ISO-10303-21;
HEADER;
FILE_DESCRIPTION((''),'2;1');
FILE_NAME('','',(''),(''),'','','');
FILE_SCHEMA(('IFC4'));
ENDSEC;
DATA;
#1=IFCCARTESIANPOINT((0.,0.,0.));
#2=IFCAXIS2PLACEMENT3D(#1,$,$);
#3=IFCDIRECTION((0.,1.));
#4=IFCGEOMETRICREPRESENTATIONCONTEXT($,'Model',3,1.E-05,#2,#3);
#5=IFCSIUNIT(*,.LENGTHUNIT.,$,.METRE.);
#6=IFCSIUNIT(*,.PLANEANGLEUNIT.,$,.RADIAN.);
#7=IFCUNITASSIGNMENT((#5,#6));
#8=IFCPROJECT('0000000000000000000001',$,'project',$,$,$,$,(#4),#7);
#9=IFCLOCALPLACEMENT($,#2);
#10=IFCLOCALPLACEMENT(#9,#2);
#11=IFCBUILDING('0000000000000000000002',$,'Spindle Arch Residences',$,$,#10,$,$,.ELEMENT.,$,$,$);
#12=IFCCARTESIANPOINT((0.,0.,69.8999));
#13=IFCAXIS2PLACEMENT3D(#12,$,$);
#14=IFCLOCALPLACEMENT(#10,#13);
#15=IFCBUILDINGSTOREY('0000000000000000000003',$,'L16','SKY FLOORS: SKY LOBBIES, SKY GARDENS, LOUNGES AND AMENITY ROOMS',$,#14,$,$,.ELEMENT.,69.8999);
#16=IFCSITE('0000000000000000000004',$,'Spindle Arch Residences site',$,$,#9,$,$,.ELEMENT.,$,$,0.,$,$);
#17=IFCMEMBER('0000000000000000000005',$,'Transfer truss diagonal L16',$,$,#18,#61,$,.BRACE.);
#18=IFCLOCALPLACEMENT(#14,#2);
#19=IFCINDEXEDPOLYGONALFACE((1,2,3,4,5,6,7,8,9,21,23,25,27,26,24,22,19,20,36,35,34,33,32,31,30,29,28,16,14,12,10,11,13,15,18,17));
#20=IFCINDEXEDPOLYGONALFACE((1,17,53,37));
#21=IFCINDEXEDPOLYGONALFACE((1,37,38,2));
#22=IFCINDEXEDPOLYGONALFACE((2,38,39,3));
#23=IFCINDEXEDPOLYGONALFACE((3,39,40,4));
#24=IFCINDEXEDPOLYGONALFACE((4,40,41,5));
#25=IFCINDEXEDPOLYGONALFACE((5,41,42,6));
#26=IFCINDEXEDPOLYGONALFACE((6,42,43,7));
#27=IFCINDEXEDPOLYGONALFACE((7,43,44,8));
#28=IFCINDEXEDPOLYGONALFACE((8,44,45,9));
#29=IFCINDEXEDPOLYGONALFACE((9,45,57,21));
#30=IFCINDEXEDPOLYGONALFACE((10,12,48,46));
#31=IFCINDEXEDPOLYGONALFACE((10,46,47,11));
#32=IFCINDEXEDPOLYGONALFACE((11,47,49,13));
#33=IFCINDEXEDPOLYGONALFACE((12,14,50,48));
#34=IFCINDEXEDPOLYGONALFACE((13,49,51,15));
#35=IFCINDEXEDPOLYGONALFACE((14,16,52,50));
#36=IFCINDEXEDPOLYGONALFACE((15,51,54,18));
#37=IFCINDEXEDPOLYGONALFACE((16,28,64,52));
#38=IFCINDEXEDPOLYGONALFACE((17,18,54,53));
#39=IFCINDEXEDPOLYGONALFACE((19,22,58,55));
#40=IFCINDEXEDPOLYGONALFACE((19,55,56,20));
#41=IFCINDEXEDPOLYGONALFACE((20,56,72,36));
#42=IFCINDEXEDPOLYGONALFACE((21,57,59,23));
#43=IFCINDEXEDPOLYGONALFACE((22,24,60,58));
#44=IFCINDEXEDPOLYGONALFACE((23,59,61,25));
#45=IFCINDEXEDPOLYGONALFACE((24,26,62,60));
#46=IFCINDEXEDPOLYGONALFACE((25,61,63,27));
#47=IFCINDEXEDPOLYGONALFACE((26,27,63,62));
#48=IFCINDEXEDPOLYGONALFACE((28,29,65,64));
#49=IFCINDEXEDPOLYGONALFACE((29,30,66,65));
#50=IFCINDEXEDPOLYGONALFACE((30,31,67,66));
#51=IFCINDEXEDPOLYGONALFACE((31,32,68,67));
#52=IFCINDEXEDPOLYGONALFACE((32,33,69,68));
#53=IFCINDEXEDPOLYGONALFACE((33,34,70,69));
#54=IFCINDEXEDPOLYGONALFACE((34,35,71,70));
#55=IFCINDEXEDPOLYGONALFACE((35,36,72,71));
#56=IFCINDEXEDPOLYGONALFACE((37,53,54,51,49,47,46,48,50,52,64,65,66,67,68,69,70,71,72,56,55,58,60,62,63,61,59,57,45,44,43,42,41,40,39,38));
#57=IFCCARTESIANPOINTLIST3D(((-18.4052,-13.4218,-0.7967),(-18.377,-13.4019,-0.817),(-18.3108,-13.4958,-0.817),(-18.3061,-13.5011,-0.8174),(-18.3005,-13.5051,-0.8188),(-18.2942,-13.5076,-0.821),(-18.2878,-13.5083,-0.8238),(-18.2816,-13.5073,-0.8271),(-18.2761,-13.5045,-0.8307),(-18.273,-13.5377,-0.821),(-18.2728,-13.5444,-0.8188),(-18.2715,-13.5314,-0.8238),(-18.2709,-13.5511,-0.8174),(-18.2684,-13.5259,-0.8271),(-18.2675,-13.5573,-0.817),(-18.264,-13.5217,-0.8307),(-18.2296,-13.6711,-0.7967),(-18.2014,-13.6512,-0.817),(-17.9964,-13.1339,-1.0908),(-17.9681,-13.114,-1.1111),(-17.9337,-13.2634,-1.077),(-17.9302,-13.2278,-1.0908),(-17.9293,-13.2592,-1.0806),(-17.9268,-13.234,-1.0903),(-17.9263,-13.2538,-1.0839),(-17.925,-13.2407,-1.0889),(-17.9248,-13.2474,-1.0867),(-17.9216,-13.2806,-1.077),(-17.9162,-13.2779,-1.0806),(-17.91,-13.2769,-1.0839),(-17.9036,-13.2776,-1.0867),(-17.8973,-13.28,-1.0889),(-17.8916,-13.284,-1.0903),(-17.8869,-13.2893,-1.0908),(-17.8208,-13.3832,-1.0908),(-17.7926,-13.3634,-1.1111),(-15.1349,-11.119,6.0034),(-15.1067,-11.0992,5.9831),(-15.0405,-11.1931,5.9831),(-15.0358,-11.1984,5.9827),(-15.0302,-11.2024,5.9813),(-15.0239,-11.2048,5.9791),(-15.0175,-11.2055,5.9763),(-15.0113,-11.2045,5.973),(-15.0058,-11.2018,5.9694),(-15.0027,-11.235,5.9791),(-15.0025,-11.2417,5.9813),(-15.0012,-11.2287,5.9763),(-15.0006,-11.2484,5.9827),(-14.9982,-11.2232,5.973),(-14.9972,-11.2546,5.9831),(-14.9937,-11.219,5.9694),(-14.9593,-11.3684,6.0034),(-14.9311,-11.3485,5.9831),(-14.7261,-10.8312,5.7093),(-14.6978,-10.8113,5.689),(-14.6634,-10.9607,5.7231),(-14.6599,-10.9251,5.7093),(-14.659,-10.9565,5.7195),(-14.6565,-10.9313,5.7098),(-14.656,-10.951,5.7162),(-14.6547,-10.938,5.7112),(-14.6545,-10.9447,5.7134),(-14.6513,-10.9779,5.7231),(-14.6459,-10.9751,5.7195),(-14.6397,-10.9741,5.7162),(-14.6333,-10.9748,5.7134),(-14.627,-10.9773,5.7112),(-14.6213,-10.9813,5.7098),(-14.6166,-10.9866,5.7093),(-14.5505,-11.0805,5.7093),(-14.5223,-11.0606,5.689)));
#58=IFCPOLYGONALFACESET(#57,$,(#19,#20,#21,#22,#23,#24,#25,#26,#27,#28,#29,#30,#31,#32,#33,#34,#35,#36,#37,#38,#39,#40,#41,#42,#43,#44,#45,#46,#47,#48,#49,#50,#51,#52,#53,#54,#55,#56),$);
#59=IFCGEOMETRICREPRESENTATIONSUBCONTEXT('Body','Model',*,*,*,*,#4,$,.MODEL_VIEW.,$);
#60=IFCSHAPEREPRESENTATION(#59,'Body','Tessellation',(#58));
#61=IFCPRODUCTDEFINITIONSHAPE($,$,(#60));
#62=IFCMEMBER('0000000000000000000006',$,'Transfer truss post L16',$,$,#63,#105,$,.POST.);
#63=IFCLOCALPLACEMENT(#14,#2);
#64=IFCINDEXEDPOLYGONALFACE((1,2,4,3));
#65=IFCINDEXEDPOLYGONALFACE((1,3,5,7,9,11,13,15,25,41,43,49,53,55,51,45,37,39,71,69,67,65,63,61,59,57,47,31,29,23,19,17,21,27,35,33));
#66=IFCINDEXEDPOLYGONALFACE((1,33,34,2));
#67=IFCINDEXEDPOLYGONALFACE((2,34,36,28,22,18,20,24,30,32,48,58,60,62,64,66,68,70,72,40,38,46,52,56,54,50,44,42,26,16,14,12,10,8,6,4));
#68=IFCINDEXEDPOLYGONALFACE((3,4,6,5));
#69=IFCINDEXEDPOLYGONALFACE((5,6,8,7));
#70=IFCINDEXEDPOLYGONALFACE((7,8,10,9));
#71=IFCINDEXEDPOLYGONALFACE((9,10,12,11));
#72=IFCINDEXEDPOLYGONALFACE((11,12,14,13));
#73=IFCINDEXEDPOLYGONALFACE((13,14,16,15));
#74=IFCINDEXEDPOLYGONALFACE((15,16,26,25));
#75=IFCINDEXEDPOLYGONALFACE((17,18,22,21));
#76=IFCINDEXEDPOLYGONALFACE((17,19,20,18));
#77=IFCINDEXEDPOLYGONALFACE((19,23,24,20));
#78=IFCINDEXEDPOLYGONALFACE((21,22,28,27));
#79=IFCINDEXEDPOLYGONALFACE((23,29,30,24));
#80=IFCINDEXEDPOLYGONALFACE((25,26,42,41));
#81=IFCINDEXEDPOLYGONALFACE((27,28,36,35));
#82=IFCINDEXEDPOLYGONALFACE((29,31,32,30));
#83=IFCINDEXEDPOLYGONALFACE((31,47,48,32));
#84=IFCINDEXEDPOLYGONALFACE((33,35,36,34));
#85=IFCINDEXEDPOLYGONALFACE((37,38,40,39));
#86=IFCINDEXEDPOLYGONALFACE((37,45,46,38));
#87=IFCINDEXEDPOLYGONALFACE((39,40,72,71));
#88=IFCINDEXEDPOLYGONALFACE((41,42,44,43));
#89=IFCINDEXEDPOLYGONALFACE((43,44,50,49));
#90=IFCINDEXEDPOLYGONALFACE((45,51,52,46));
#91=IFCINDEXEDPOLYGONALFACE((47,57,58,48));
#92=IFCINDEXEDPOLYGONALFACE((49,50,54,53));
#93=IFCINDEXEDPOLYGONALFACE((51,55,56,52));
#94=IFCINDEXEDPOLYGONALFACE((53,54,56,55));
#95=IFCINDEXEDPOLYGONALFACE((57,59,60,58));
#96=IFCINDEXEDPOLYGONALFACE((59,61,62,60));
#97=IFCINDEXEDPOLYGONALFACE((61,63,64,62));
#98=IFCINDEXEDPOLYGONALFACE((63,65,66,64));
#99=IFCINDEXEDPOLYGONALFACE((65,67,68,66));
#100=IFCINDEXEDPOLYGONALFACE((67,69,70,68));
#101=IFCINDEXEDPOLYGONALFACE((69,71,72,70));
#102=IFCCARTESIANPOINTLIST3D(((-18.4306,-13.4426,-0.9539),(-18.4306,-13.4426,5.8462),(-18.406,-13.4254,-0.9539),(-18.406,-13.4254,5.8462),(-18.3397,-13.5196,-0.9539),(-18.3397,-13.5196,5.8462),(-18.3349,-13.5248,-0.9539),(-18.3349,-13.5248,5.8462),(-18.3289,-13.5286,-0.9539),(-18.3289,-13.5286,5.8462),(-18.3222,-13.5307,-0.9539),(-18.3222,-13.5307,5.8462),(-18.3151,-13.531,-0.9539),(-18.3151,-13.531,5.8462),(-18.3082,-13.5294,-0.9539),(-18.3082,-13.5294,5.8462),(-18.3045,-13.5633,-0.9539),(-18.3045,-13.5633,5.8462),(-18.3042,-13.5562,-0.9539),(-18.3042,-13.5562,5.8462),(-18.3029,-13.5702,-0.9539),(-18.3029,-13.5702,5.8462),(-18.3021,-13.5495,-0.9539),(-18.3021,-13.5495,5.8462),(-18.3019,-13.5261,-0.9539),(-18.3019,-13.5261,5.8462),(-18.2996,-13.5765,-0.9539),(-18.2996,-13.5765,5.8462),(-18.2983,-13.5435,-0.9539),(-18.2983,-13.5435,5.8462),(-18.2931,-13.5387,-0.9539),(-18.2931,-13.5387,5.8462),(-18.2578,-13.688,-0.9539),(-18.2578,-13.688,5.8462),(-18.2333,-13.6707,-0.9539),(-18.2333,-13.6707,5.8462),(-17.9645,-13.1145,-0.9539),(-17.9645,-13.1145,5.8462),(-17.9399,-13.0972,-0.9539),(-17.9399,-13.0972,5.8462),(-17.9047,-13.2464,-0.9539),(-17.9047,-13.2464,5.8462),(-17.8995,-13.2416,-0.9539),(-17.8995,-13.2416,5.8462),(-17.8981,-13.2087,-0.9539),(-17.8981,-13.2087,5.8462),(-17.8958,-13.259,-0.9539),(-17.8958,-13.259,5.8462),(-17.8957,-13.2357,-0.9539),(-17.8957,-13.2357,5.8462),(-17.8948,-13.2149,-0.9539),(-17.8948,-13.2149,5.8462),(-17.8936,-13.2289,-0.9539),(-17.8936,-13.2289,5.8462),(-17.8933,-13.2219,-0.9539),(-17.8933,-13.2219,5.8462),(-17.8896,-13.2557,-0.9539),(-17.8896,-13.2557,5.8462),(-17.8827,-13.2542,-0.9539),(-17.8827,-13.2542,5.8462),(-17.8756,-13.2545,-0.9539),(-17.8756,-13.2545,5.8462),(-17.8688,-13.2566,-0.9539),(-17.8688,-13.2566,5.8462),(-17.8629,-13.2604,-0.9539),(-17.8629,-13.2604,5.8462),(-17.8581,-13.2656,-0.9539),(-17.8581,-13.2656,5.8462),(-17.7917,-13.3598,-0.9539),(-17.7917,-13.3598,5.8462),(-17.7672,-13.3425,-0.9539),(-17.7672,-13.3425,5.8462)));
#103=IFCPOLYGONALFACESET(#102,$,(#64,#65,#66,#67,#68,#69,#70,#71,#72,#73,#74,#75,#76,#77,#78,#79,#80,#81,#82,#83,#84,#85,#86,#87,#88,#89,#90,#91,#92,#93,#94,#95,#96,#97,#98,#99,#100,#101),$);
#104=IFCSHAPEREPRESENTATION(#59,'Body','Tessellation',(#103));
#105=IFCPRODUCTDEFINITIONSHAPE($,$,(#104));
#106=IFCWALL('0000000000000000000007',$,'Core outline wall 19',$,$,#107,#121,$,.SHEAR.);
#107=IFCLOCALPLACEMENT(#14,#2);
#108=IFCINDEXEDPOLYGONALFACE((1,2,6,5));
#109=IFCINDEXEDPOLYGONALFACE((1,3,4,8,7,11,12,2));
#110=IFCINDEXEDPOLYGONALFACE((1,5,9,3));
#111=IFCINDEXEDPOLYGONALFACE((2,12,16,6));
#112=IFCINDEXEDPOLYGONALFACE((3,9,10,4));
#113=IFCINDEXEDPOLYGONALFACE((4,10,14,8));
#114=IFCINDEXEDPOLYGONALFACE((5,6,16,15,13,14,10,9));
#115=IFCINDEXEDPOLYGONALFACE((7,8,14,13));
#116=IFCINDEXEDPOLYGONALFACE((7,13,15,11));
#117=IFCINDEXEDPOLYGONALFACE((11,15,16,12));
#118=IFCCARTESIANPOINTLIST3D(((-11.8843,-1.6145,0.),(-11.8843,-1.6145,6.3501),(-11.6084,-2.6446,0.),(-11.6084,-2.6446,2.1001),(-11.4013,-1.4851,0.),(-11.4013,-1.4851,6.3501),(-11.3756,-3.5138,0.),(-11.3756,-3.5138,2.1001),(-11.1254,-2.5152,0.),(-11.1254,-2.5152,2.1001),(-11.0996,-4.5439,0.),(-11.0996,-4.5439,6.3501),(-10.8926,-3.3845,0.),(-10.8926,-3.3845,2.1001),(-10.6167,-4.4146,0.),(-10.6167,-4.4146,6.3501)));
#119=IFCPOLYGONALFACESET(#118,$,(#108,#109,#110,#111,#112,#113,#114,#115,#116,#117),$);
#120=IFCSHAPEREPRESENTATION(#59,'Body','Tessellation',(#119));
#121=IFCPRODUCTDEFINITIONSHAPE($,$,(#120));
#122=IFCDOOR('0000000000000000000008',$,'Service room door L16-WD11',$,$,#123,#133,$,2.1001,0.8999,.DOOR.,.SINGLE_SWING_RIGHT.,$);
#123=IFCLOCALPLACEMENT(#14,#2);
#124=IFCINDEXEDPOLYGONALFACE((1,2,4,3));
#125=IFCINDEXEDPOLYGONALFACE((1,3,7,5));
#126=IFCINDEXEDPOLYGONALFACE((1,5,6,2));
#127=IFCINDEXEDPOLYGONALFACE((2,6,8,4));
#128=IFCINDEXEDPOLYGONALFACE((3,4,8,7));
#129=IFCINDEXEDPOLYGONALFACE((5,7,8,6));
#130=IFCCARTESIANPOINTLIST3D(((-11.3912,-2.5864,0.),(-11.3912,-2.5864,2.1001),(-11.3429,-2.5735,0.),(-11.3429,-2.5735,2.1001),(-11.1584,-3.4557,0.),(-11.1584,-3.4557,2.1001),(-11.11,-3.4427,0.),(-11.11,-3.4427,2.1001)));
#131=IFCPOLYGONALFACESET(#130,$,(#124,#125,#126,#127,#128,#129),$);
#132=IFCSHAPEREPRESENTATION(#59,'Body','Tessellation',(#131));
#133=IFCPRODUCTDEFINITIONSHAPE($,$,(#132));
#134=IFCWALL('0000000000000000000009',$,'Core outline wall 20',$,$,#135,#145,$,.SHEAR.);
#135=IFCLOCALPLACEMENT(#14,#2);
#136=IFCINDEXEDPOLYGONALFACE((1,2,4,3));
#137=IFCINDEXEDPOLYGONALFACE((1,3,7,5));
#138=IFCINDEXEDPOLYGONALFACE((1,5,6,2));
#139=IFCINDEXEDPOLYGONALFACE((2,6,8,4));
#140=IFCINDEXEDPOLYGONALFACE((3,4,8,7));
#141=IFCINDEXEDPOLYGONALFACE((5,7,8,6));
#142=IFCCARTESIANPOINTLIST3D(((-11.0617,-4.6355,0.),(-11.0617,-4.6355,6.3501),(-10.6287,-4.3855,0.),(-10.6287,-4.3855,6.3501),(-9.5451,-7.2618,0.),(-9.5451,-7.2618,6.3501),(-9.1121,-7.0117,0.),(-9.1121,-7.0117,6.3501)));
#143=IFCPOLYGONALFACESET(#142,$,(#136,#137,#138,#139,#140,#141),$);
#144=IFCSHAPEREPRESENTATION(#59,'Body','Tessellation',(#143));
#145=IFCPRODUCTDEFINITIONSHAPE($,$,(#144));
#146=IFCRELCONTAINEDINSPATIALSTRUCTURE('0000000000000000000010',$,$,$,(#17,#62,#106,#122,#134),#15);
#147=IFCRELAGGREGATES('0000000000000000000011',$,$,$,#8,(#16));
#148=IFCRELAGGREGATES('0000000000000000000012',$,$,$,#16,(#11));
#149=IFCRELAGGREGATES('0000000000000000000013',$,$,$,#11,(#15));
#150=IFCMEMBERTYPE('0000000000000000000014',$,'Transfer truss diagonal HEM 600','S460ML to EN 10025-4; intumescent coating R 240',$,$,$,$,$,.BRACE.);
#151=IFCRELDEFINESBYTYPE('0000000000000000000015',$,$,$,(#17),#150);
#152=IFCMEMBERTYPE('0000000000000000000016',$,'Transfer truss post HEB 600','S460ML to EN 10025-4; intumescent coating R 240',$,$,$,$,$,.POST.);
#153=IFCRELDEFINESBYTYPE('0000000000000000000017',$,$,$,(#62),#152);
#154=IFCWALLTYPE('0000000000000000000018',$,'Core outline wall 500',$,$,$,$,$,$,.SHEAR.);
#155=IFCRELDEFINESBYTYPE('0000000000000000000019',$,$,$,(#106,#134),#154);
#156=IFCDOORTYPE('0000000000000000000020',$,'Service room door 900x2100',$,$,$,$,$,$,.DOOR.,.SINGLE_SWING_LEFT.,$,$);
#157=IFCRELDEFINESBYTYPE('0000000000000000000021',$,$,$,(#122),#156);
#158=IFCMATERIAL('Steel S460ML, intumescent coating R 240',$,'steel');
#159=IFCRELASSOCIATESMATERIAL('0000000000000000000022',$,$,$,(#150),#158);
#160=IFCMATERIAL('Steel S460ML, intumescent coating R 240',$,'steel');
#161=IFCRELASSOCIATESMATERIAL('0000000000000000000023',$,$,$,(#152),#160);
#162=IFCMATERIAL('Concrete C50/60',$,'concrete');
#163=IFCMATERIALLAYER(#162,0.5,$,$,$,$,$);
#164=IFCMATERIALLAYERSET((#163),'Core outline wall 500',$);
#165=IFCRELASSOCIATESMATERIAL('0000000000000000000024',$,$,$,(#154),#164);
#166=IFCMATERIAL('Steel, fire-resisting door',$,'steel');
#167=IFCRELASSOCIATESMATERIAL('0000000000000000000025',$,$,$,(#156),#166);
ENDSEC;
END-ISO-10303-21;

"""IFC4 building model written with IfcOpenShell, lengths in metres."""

from ifc_helpers import new_model, si_unit, direction, frame, frame_2d, origin, origin_2d, place, context, subcontext, project, spatial, rectangle, i_section, extrude, material, layer, layer_set, material_profile, profile_set, type_object, element, fill, save


model = new_model("IFC4")

# Units and contexts
model_context = context("Model", 3, precision=1e-05, world=origin(), true_north=direction((0.0, 1.0)))
body_context = subcontext(model_context, "Body", "Model", "MODEL_VIEW")
ifc_project = project(units=[si_unit("LENGTHUNIT", "METRE"), si_unit("PLANEANGLEUNIT", "RADIAN")], contexts=[model_context])

# Site, building, storey
site_placement = place(None, origin())
site = spatial("IfcSite", under=ifc_project, at=site_placement, Name="Spindle Arch Residences site", CompositionType="ELEMENT", RefElevation=0.0)
building_placement = place(site_placement, origin())
building = spatial("IfcBuilding", under=site, at=building_placement, Name="Spindle Arch Residences", CompositionType="ELEMENT")
storey_placement = place(building_placement, frame((0.0, 0.0, 69.8999)))
storey = spatial("IfcBuildingStorey", under=building, at=storey_placement, Name="L16", Description="SKY FLOORS: SKY LOBBIES, SKY GARDENS, LOUNGES AND AMENITY ROOMS", CompositionType="ELEMENT", Elevation=69.8999)

# Members
ifc_material_1 = material(Name="Steel S460ML, intumescent coating R 240", Category="steel")
ifc_material_profile_1 = material_profile(ifc_material_1, i_section(OverallWidth=0.3049, OverallDepth=0.6201, WebThickness=0.021, FlangeThickness=0.04, FilletRadius=0.0271, at=origin_2d()), Name="HEM 600")
ifc_profile_set_1 = profile_set([ifc_material_profile_1], Name="Steel S460ML, intumescent coating R 240")
member_type_1 = type_object("IfcMemberType", Name="Transfer truss diagonal HEM 600", Description="S460ML to EN 10025-4; intumescent coating R 240", PredefinedType="BRACE", material=ifc_profile_set_1)
member_1_placement = place(storey_placement, frame((-18.0989, -13.3926, -0.9539), z_axis=(0.414529, 0.291888, 0.861955), x_axis=(-0.575734, 0.817637, 0.0)))
element("IfcMember", 1, at=member_1_placement, inside=storey, type_object=member_type_1, Name="Transfer truss diagonal L16", PredefinedType="BRACE", context=body_context, shape_type="SweptSolid", body=[
    extrude(i_section(OverallWidth=0.3049, OverallDepth=0.6201, WebThickness=0.021, FlangeThickness=0.04, FilletRadius=0.0271, at=origin_2d()), origin(), (0.0, 0.0, 1.0), 7.8892),
])
ifc_material_2 = material(Name="Steel S460ML, intumescent coating R 240", Category="steel")
ifc_material_profile_2 = material_profile(ifc_material_2, i_section(OverallWidth=0.3, OverallDepth=0.6001, WebThickness=0.0154, FlangeThickness=0.03, FilletRadius=0.0271, at=origin_2d()), Name="HEB 600")
ifc_profile_set_2 = profile_set([ifc_material_profile_2], Name="Steel S460ML, intumescent coating R 240")
member_type_2 = type_object("IfcMemberType", Name="Transfer truss post HEB 600", Description="S460ML to EN 10025-4; intumescent coating R 240", PredefinedType="POST", material=ifc_profile_set_2)
member_2_placement = place(storey_placement, frame((-18.0989, -13.3926, -0.9539), z_axis=(0.0, 0.0, 1.0), x_axis=(-0.575702, 0.81766, 0.0)))
element("IfcMember", 2, at=member_2_placement, inside=storey, type_object=member_type_2, Name="Transfer truss post L16", PredefinedType="POST", context=body_context, shape_type="SweptSolid", body=[
    extrude(i_section(OverallWidth=0.3, OverallDepth=0.6001, WebThickness=0.0154, FlangeThickness=0.03, FilletRadius=0.0271, at=origin_2d()), origin(), (0.0, 0.0, 1.0), 6.8),
])

# Wall, opening, door
ifc_material_3 = material(Name="Concrete C50/60", Category="concrete")
ifc_layer_1 = layer(ifc_material_3, 0.5)
ifc_layer_set_1 = layer_set([ifc_layer_1], Name="Core outline wall 500")
wall_type_1 = type_object("IfcWallType", Name="Core outline wall 500", PredefinedType="SHEAR", material=ifc_layer_set_1)
wall_1_placement = place(storey_placement, frame((-11.6428, -1.5498, 0.0), z_axis=(0.0, 0.0, 1.0), x_axis=(0.258735, -0.965948, 0.0)))
wall_1 = element("IfcWall", 3, at=wall_1_placement, inside=storey, type_object=wall_type_1, Name="Core outline wall 19", PredefinedType="SHEAR", context=body_context, shape_type="SweptSolid", body=[
    extrude(rectangle(XDim=3.0327, YDim=0.5, at=frame_2d((1.5164, 0.0))), origin(), (0.0, 0.0, 1.0), 6.3501),
])
opening_1_placement = place(wall_1_placement, frame((1.0664, 0.0, 0.0)))
opening_1 = element("IfcOpeningElement", 4, at=opening_1_placement, cuts=wall_1, PredefinedType="OPENING", context=body_context, shape_type="SweptSolid", body=[
    extrude(rectangle(XDim=0.8999, YDim=2.1001, at=frame_2d((0.45, 1.05))), frame((0.0, 0.26, 0.0), z_axis=(0.0, -1.0, 0.0), x_axis=(1.0, 0.0, 0.0)), (0.0, 0.0, 1.0), 0.52),
])
ifc_material_4 = material(Name="Steel, fire-resisting door", Category="steel")
door_type_1 = type_object("IfcDoorType", Name="Service room door 900x2100", OperationType="SINGLE_SWING_LEFT", PredefinedType="DOOR", material=ifc_material_4)
door_1_placement = place(opening_1_placement, origin())
door_1 = element("IfcDoor", 5, at=door_1_placement, inside=storey, type_object=door_type_1, Name="Service room door L16-WD11", OperationType="SINGLE_SWING_RIGHT", OverallHeight=2.1001, OverallWidth=0.8999, PredefinedType="DOOR", context=body_context, shape_type="SweptSolid", body=[
    extrude(rectangle(XDim=0.8999, YDim=2.1001, at=frame_2d((0.45, 1.05))), frame((0.0, 0.0249, 0.0), z_axis=(0.0, -1.0, 0.0), x_axis=(1.0, 0.0, 0.0)), (0.0, 0.0, 1.0), 0.05),
])
fill(opening_1, door_1)

# Wall
wall_2_placement = place(storey_placement, frame((-10.8452, -4.5105, 0.0), z_axis=(0.0, 0.0, 1.0), x_axis=(0.500087, -0.865975, 0.0)))
element("IfcWall", 6, at=wall_2_placement, inside=storey, type_object=wall_type_1, Name="Core outline wall 20", PredefinedType="SHEAR", context=body_context, shape_type="SweptSolid", body=[
    extrude(rectangle(XDim=3.0327, YDim=0.5, at=frame_2d((1.5164, 0.0))), origin(), (0.0, 0.0, 1.0), 6.3501),
])

save(model, "model.ifc")
